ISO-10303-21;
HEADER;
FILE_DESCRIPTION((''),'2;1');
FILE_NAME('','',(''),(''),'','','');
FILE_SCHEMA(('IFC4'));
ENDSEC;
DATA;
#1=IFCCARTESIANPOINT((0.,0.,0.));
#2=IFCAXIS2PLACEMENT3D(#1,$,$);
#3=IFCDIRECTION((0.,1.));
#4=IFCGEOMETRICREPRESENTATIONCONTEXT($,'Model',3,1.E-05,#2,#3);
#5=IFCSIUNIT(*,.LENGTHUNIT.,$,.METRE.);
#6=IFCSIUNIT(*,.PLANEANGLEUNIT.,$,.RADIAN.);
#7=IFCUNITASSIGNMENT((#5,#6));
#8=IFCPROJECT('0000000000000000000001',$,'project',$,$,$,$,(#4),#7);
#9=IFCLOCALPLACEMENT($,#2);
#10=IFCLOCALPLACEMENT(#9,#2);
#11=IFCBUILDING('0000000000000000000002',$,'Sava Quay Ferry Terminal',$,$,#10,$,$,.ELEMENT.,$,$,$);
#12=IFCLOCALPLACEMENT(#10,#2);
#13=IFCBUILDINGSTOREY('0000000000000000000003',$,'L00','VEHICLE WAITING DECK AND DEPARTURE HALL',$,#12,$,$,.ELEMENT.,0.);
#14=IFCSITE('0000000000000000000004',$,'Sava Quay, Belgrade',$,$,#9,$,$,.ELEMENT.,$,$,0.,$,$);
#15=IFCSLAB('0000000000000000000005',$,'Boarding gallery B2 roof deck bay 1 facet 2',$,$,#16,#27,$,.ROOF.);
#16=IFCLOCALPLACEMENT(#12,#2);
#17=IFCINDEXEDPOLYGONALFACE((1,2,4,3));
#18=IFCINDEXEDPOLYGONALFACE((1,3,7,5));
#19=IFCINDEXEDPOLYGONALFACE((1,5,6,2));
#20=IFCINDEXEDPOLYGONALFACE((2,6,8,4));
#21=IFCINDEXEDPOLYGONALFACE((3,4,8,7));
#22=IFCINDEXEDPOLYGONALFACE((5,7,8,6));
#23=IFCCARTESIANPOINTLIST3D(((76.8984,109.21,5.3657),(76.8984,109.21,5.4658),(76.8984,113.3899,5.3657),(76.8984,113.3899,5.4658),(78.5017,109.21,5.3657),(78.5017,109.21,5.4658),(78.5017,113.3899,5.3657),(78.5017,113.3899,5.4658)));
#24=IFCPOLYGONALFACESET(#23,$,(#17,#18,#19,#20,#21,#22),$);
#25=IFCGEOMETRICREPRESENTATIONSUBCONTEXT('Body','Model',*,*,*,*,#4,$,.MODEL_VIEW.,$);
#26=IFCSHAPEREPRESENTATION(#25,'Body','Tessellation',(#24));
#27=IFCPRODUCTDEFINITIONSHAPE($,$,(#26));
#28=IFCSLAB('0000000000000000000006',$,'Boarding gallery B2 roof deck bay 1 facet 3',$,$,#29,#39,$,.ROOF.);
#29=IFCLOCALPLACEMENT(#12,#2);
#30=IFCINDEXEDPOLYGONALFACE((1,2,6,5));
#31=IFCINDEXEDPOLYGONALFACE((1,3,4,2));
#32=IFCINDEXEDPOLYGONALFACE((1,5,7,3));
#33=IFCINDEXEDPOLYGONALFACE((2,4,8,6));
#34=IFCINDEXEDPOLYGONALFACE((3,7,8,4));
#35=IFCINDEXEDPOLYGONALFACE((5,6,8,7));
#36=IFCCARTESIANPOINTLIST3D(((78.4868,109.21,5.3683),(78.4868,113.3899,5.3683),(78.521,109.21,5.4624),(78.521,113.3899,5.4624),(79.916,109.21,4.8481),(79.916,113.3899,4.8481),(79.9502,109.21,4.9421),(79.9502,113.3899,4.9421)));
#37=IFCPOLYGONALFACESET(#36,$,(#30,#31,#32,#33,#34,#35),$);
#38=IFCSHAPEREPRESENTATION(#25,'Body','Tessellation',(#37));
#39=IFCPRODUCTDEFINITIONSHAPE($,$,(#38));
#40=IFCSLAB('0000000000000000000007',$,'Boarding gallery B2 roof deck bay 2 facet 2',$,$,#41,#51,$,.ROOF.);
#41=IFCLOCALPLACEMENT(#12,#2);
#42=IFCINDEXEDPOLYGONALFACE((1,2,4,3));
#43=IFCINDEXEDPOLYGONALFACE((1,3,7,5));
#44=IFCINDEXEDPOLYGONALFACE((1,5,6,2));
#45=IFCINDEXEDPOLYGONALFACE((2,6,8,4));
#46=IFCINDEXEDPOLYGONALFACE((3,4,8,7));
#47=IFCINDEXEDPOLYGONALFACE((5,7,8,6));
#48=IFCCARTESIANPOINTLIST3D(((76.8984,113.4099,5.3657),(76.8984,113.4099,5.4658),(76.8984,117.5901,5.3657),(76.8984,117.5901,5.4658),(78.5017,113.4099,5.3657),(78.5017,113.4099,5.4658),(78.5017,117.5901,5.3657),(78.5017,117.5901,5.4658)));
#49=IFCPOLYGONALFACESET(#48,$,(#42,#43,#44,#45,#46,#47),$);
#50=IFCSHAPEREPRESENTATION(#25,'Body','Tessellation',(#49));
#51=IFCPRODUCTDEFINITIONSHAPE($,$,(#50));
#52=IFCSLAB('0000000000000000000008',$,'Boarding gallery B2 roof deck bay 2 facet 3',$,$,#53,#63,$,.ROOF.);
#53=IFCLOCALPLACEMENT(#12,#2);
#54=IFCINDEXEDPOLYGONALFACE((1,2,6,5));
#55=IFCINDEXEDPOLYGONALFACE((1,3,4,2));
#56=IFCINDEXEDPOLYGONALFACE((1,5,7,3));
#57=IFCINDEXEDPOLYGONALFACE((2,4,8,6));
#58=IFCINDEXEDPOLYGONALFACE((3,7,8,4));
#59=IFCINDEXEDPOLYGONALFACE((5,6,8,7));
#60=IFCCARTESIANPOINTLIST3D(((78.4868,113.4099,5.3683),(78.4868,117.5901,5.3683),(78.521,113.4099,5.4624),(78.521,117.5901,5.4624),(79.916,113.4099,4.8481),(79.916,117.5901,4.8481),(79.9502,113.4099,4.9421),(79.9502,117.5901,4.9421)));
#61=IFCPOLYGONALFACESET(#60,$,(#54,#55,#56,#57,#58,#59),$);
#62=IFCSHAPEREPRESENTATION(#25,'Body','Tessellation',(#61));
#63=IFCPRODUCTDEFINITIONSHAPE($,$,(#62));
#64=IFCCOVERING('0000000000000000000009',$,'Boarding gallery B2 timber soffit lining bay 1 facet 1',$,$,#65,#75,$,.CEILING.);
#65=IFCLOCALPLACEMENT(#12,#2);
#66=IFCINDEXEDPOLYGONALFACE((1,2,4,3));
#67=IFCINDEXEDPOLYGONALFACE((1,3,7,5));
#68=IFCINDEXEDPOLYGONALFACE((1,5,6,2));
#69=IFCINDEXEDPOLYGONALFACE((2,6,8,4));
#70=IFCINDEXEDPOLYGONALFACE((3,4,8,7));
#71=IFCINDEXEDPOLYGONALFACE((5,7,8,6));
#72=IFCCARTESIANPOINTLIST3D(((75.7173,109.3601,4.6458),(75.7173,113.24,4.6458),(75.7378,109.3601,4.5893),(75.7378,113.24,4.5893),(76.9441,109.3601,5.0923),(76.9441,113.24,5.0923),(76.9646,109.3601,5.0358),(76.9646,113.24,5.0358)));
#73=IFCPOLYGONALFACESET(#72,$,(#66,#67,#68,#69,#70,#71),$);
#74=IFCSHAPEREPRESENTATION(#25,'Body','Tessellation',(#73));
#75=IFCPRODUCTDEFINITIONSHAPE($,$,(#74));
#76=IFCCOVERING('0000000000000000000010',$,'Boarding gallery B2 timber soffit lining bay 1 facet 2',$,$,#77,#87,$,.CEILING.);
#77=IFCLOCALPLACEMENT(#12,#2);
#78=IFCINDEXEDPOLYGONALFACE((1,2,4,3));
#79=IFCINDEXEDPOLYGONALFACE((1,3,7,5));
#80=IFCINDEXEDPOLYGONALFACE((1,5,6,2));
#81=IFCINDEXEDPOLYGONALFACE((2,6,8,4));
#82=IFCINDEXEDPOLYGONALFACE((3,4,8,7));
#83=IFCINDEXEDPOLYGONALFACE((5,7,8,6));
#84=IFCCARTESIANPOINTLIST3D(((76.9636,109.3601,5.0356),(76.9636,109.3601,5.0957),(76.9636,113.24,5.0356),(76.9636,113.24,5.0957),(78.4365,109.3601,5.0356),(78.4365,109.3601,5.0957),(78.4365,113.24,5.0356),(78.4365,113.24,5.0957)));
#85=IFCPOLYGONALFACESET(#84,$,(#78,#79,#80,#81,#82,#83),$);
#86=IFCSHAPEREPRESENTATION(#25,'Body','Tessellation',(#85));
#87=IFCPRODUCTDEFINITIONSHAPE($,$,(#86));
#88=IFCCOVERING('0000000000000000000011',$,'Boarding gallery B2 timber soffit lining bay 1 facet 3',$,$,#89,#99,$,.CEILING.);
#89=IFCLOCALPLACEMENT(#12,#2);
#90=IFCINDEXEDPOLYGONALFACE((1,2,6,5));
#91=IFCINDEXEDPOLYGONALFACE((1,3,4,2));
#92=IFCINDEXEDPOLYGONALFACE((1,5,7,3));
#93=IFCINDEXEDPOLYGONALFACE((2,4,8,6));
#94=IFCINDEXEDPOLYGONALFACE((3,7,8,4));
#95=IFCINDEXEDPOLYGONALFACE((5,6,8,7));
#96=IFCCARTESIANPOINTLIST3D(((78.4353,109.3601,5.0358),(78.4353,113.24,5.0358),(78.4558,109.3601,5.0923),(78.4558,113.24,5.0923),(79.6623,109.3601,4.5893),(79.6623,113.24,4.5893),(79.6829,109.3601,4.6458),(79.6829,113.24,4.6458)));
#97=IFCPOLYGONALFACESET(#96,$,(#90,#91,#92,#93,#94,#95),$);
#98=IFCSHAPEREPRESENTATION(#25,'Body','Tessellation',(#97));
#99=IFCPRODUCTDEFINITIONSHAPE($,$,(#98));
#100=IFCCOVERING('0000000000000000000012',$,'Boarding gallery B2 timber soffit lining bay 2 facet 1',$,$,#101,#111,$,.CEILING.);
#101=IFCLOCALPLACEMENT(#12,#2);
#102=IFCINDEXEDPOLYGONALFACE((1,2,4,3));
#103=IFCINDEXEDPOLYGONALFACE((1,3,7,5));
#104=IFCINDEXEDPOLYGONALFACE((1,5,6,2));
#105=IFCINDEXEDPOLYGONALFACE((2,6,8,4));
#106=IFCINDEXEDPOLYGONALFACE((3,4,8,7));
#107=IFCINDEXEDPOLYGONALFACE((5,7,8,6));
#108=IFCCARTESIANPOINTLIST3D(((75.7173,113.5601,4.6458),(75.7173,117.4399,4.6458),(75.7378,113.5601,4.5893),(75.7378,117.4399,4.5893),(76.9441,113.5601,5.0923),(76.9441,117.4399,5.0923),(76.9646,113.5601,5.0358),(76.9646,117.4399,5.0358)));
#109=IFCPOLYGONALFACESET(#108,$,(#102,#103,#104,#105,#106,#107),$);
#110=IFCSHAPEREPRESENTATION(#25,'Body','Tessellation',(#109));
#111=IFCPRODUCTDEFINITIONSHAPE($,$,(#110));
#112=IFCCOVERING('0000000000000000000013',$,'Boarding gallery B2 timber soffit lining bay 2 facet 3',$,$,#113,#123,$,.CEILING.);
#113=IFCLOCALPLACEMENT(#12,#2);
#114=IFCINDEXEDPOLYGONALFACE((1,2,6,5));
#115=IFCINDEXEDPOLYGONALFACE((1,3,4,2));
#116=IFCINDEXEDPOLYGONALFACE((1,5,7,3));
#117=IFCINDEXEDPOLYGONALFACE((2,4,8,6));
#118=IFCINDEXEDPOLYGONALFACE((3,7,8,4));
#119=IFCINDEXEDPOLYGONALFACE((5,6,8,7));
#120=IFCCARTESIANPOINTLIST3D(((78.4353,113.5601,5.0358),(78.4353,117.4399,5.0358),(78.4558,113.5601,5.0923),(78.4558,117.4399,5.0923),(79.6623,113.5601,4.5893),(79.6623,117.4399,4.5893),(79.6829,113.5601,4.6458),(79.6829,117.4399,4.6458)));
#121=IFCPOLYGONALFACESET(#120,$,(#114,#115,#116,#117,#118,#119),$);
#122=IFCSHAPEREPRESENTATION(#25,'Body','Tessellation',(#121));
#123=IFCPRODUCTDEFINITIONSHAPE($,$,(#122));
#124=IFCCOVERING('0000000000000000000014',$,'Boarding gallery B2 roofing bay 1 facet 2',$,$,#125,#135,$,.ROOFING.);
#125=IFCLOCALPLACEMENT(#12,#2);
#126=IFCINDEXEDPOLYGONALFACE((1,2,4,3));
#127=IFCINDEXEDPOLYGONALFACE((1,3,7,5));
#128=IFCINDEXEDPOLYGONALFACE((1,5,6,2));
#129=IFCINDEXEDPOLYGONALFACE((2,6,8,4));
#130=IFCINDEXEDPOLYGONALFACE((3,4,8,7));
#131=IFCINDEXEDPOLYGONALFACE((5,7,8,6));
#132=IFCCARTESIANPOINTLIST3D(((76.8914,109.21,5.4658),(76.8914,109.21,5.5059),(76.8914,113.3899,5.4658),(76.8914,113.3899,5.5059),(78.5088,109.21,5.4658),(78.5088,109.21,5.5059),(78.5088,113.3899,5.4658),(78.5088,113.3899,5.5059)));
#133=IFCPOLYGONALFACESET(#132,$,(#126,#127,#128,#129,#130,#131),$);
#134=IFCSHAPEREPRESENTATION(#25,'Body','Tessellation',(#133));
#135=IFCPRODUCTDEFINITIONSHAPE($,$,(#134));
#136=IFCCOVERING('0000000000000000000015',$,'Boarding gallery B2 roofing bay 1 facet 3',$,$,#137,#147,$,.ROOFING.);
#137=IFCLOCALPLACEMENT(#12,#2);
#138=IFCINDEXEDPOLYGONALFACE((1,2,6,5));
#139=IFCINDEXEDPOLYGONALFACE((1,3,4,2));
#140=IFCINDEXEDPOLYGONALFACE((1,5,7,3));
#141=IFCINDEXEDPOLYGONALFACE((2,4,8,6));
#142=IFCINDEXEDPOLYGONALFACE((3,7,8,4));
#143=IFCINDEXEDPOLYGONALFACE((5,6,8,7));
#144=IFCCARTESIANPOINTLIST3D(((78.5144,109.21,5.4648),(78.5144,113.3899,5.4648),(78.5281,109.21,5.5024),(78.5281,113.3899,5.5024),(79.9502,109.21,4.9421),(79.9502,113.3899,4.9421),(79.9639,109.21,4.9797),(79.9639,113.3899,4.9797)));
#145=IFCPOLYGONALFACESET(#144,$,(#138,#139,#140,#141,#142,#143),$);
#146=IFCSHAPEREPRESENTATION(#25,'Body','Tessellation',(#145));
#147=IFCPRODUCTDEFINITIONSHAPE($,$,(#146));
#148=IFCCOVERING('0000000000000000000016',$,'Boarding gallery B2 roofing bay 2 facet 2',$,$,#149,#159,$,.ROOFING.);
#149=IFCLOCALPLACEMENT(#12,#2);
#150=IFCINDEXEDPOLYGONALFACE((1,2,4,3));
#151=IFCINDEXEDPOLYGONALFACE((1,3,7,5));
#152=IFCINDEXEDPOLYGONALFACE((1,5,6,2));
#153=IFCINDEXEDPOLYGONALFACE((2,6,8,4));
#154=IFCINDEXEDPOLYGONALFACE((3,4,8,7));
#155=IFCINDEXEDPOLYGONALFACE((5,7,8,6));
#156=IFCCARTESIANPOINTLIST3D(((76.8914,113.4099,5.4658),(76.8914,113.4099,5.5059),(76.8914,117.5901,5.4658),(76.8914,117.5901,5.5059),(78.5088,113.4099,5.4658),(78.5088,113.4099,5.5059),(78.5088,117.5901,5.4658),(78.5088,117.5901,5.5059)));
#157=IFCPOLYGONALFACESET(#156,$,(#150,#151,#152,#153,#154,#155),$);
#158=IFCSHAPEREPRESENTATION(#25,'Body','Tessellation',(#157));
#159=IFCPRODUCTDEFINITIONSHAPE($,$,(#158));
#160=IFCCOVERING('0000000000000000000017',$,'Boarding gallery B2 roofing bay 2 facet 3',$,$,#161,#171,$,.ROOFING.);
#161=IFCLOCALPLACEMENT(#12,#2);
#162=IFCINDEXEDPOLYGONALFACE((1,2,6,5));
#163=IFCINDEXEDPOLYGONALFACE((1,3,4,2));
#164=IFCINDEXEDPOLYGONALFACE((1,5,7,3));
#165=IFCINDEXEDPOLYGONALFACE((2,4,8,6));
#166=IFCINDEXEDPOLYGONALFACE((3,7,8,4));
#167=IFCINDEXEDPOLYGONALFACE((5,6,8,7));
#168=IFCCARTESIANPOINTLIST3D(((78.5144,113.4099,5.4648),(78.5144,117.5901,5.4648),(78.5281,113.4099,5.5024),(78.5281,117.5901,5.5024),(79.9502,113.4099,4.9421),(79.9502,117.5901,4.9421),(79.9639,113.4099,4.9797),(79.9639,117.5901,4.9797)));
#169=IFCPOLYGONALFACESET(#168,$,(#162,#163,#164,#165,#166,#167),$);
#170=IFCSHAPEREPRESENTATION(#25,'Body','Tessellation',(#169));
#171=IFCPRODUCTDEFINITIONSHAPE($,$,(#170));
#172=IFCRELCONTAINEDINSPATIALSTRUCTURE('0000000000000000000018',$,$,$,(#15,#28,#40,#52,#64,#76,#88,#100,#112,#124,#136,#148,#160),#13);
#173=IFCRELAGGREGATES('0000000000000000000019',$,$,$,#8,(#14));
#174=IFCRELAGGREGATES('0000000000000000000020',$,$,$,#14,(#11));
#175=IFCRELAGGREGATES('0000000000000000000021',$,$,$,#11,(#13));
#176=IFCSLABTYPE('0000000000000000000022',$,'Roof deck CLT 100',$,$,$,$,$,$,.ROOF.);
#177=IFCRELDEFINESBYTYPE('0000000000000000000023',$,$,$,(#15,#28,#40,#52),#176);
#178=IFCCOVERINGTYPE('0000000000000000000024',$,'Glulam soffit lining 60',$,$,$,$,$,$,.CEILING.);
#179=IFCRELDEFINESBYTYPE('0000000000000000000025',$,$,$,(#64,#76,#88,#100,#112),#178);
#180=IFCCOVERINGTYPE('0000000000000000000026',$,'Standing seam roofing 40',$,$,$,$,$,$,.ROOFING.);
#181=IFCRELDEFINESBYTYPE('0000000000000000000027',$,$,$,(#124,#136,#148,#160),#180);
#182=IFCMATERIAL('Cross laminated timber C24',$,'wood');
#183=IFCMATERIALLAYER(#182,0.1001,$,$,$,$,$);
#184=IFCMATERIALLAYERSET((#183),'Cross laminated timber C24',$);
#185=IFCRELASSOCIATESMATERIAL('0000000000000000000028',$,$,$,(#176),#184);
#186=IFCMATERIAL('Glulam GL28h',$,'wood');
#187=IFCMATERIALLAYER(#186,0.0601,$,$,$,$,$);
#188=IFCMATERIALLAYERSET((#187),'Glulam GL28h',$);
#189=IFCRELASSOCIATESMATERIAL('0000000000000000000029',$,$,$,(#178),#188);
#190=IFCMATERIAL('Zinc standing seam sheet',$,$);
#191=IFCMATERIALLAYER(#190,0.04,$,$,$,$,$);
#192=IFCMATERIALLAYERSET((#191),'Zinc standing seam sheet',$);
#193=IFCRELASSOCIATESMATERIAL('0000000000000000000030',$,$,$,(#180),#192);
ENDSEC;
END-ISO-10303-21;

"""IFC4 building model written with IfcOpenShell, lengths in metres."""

from ifc_helpers import new_model, si_unit, direction, frame, origin, place, context, subcontext, project, spatial, polyline, outline, extrude, material, layer, layer_set, type_object, element, save


model = new_model("IFC4")

# Units and contexts
model_context = context("Model", 3, precision=1e-05, world=origin(), true_north=direction((0.0, 1.0)))
body_context = subcontext(model_context, "Body", "Model", "MODEL_VIEW")
ifc_project = project(units=[si_unit("LENGTHUNIT", "METRE"), si_unit("PLANEANGLEUNIT", "RADIAN")], contexts=[model_context])

# Site, building, storey
site_placement = place(None, origin())
site = spatial("IfcSite", under=ifc_project, at=site_placement, Name="Sava Quay, Belgrade", CompositionType="ELEMENT", RefElevation=0.0)
building_placement = place(site_placement, origin())
building = spatial("IfcBuilding", under=site, at=building_placement, Name="Sava Quay Ferry Terminal", CompositionType="ELEMENT")
storey_placement = place(building_placement, origin())
storey = spatial("IfcBuildingStorey", under=building, at=storey_placement, Name="L00", Description="VEHICLE WAITING DECK AND DEPARTURE HALL", CompositionType="ELEMENT", Elevation=0.0)

# Slabs
ifc_material_1 = material(Name="Cross laminated timber C24", Category="wood")
ifc_layer_1 = layer(ifc_material_1, 0.1001)
ifc_layer_set_1 = layer_set([ifc_layer_1], Name="Cross laminated timber C24")
slab_type = type_object("IfcSlabType", Name="Roof deck CLT 100", PredefinedType="ROOF", material=ifc_layer_set_1)
slab_1_placement = place(storey_placement, frame((76.8984, 109.21, 5.4658), z_axis=(0.0, 0.0, 1.0), x_axis=(1.0, 0.0, 0.0)))
element("IfcSlab", 1, at=slab_1_placement, inside=storey, type_object=slab_type, Name="Boarding gallery B2 roof deck bay 1 facet 2", PredefinedType="ROOF", context=body_context, shape_type="SweptSolid", body=[
    extrude(outline(polyline([(0.0, 0.0), (1.6033, 0.0), (1.6033, 4.1799), (0.0, 4.1799), (0.0, 0.0)])), origin(), (0.0, 0.0, -1.0), 0.1001),
])
slab_2_placement = place(storey_placement, frame((78.521, 109.21, 5.4624), z_axis=(0.342065, 0.0, 0.939676), x_axis=(0.939676, 0.0, -0.342065)))
element("IfcSlab", 2, at=slab_2_placement, inside=storey, type_object=slab_type, Name="Boarding gallery B2 roof deck bay 1 facet 3", PredefinedType="ROOF", context=body_context, shape_type="SweptSolid", body=[
    extrude(outline(polyline([(0.0, 0.0), (1.5209, 0.0), (1.5209, 4.1799), (0.0, 4.1799), (0.0, 0.0)])), origin(), (0.0, 0.0, -1.0), 0.1001),
])
slab_3_placement = place(storey_placement, frame((76.8984, 113.4099, 5.4658), z_axis=(0.0, 0.0, 1.0), x_axis=(1.0, 0.0, 0.0)))
element("IfcSlab", 3, at=slab_3_placement, inside=storey, type_object=slab_type, Name="Boarding gallery B2 roof deck bay 2 facet 2", PredefinedType="ROOF", context=body_context, shape_type="SweptSolid", body=[
    extrude(outline(polyline([(0.0, 0.0), (1.6033, 0.0), (1.6033, 4.1802), (0.0, 4.1802), (0.0, 0.0)])), origin(), (0.0, 0.0, -1.0), 0.1001),
])
slab_4_placement = place(storey_placement, frame((78.521, 113.4099, 5.4624), z_axis=(0.342065, 0.0, 0.939676), x_axis=(0.939676, 0.0, -0.342065)))
element("IfcSlab", 4, at=slab_4_placement, inside=storey, type_object=slab_type, Name="Boarding gallery B2 roof deck bay 2 facet 3", PredefinedType="ROOF", context=body_context, shape_type="SweptSolid", body=[
    extrude(outline(polyline([(0.0, 0.0), (1.5209, 0.0), (1.5209, 4.1802), (0.0, 4.1802), (0.0, 0.0)])), origin(), (0.0, 0.0, -1.0), 0.1001),
])

# Coverings
ifc_material_2 = material(Name="Glulam GL28h", Category="wood")
ifc_layer_2 = layer(ifc_material_2, 0.0601)
ifc_layer_set_2 = layer_set([ifc_layer_2], Name="Glulam GL28h")
covering_type_1 = type_object("IfcCoveringType", Name="Glulam soffit lining 60", PredefinedType="CEILING", material=ifc_layer_set_2)
covering_1_placement = place(storey_placement, frame((75.7173, 109.3601, 4.6458), z_axis=(-0.342028, 0.0, 0.93969), x_axis=(0.93969, 0.0, 0.342028)))
element("IfcCovering", 5, at=covering_1_placement, inside=storey, type_object=covering_type_1, Name="Boarding gallery B2 timber soffit lining bay 1 facet 1", PredefinedType="CEILING", context=body_context, shape_type="SweptSolid", body=[
    extrude(outline(polyline([(0.0, 0.0), (1.3055, 0.0), (1.3055, 3.8799), (0.0, 3.8799), (0.0, 0.0)])), origin(), (0.0, 0.0, -1.0), 0.0601),
])
covering_2_placement = place(storey_placement, frame((76.9636, 109.3601, 5.0957), z_axis=(0.0, 0.0, 1.0), x_axis=(1.0, 0.0, 0.0)))
element("IfcCovering", 6, at=covering_2_placement, inside=storey, type_object=covering_type_1, Name="Boarding gallery B2 timber soffit lining bay 1 facet 2", PredefinedType="CEILING", context=body_context, shape_type="SweptSolid", body=[
    extrude(outline(polyline([(0.0, 0.0), (1.4729, 0.0), (1.4729, 3.8799), (0.0, 3.8799), (0.0, 0.0)])), origin(), (0.0, 0.0, -1.0), 0.0601),
])
covering_3_placement = place(storey_placement, frame((78.4558, 109.3601, 5.0923), z_axis=(0.341968, 0.0, 0.939712), x_axis=(0.939712, 0.0, -0.341968)))
element("IfcCovering", 7, at=covering_3_placement, inside=storey, type_object=covering_type_1, Name="Boarding gallery B2 timber soffit lining bay 1 facet 3", PredefinedType="CEILING", context=body_context, shape_type="SweptSolid", body=[
    extrude(outline(polyline([(0.0, 0.0), (1.3058, 0.0), (1.3058, 3.8799), (0.0, 3.8799), (0.0, 0.0)])), origin(), (0.0, 0.0, -1.0), 0.0601),
])
covering_4_placement = place(storey_placement, frame((75.7173, 113.5601, 4.6458), z_axis=(-0.342028, 0.0, 0.93969), x_axis=(0.93969, 0.0, 0.342028)))
element("IfcCovering", 8, at=covering_4_placement, inside=storey, type_object=covering_type_1, Name="Boarding gallery B2 timber soffit lining bay 2 facet 1", PredefinedType="CEILING", context=body_context, shape_type="SweptSolid", body=[
    extrude(outline(polyline([(0.0, 0.0), (1.3055, 0.0), (1.3055, 3.8799), (0.0, 3.8799), (0.0, 0.0)])), origin(), (0.0, 0.0, -1.0), 0.0601),
])
covering_5_placement = place(storey_placement, frame((78.4558, 113.5601, 5.0923), z_axis=(0.341968, 0.0, 0.939712), x_axis=(0.939712, 0.0, -0.341968)))
element("IfcCovering", 9, at=covering_5_placement, inside=storey, type_object=covering_type_1, Name="Boarding gallery B2 timber soffit lining bay 2 facet 3", PredefinedType="CEILING", context=body_context, shape_type="SweptSolid", body=[
    extrude(outline(polyline([(0.0, 0.0), (1.3058, 0.0), (1.3058, 3.8799), (0.0, 3.8799), (0.0, 0.0)])), origin(), (0.0, 0.0, -1.0), 0.0601),
])
ifc_material_3 = material(Name="Zinc standing seam sheet")
ifc_layer_3 = layer(ifc_material_3, 0.04)
ifc_layer_set_3 = layer_set([ifc_layer_3], Name="Zinc standing seam sheet")
covering_type_2 = type_object("IfcCoveringType", Name="Standing seam roofing 40", PredefinedType="ROOFING", material=ifc_layer_set_3)
covering_6_placement = place(storey_placement, frame((76.8914, 109.21, 5.5059), z_axis=(0.0, 0.0, 1.0), x_axis=(1.0, 0.0, 0.0)))
element("IfcCovering", 10, at=covering_6_placement, inside=storey, type_object=covering_type_2, Name="Boarding gallery B2 roofing bay 1 facet 2", PredefinedType="ROOFING", context=body_context, shape_type="SweptSolid", body=[
    extrude(outline(polyline([(0.0, 0.0), (1.6174, 0.0), (1.6174, 4.1799), (0.0, 4.1799), (0.0, 0.0)])), origin(), (0.0, 0.0, -1.0), 0.04),
])
covering_7_placement = place(storey_placement, frame((78.5281, 109.21, 5.5024), z_axis=(0.342089, 0.0, 0.939667), x_axis=(0.939667, 0.0, -0.342089)))
element("IfcCovering", 11, at=covering_7_placement, inside=storey, type_object=covering_type_2, Name="Boarding gallery B2 roofing bay 1 facet 3", PredefinedType="ROOFING", context=body_context, shape_type="SweptSolid", body=[
    extrude(outline(polyline([(0.0, 0.0), (1.528, 0.0), (1.528, 4.1799), (0.0, 4.1799), (0.0, 0.0)])), origin(), (0.0, 0.0, -1.0), 0.04),
])
covering_8_placement = place(storey_placement, frame((76.8914, 113.4099, 5.5059), z_axis=(0.0, 0.0, 1.0), x_axis=(1.0, 0.0, 0.0)))
element("IfcCovering", 12, at=covering_8_placement, inside=storey, type_object=covering_type_2, Name="Boarding gallery B2 roofing bay 2 facet 2", PredefinedType="ROOFING", context=body_context, shape_type="SweptSolid", body=[
    extrude(outline(polyline([(0.0, 0.0), (1.6174, 0.0), (1.6174, 4.1802), (0.0, 4.1802), (0.0, 0.0)])), origin(), (0.0, 0.0, -1.0), 0.04),
])
covering_9_placement = place(storey_placement, frame((78.5281, 113.4099, 5.5024), z_axis=(0.342089, 0.0, 0.939667), x_axis=(0.939667, 0.0, -0.342089)))
element("IfcCovering", 13, at=covering_9_placement, inside=storey, type_object=covering_type_2, Name="Boarding gallery B2 roofing bay 2 facet 3", PredefinedType="ROOFING", context=body_context, shape_type="SweptSolid", body=[
    extrude(outline(polyline([(0.0, 0.0), (1.528, 0.0), (1.528, 4.1802), (0.0, 4.1802), (0.0, 0.0)])), origin(), (0.0, 0.0, -1.0), 0.04),
])

save(model, "model.ifc")
